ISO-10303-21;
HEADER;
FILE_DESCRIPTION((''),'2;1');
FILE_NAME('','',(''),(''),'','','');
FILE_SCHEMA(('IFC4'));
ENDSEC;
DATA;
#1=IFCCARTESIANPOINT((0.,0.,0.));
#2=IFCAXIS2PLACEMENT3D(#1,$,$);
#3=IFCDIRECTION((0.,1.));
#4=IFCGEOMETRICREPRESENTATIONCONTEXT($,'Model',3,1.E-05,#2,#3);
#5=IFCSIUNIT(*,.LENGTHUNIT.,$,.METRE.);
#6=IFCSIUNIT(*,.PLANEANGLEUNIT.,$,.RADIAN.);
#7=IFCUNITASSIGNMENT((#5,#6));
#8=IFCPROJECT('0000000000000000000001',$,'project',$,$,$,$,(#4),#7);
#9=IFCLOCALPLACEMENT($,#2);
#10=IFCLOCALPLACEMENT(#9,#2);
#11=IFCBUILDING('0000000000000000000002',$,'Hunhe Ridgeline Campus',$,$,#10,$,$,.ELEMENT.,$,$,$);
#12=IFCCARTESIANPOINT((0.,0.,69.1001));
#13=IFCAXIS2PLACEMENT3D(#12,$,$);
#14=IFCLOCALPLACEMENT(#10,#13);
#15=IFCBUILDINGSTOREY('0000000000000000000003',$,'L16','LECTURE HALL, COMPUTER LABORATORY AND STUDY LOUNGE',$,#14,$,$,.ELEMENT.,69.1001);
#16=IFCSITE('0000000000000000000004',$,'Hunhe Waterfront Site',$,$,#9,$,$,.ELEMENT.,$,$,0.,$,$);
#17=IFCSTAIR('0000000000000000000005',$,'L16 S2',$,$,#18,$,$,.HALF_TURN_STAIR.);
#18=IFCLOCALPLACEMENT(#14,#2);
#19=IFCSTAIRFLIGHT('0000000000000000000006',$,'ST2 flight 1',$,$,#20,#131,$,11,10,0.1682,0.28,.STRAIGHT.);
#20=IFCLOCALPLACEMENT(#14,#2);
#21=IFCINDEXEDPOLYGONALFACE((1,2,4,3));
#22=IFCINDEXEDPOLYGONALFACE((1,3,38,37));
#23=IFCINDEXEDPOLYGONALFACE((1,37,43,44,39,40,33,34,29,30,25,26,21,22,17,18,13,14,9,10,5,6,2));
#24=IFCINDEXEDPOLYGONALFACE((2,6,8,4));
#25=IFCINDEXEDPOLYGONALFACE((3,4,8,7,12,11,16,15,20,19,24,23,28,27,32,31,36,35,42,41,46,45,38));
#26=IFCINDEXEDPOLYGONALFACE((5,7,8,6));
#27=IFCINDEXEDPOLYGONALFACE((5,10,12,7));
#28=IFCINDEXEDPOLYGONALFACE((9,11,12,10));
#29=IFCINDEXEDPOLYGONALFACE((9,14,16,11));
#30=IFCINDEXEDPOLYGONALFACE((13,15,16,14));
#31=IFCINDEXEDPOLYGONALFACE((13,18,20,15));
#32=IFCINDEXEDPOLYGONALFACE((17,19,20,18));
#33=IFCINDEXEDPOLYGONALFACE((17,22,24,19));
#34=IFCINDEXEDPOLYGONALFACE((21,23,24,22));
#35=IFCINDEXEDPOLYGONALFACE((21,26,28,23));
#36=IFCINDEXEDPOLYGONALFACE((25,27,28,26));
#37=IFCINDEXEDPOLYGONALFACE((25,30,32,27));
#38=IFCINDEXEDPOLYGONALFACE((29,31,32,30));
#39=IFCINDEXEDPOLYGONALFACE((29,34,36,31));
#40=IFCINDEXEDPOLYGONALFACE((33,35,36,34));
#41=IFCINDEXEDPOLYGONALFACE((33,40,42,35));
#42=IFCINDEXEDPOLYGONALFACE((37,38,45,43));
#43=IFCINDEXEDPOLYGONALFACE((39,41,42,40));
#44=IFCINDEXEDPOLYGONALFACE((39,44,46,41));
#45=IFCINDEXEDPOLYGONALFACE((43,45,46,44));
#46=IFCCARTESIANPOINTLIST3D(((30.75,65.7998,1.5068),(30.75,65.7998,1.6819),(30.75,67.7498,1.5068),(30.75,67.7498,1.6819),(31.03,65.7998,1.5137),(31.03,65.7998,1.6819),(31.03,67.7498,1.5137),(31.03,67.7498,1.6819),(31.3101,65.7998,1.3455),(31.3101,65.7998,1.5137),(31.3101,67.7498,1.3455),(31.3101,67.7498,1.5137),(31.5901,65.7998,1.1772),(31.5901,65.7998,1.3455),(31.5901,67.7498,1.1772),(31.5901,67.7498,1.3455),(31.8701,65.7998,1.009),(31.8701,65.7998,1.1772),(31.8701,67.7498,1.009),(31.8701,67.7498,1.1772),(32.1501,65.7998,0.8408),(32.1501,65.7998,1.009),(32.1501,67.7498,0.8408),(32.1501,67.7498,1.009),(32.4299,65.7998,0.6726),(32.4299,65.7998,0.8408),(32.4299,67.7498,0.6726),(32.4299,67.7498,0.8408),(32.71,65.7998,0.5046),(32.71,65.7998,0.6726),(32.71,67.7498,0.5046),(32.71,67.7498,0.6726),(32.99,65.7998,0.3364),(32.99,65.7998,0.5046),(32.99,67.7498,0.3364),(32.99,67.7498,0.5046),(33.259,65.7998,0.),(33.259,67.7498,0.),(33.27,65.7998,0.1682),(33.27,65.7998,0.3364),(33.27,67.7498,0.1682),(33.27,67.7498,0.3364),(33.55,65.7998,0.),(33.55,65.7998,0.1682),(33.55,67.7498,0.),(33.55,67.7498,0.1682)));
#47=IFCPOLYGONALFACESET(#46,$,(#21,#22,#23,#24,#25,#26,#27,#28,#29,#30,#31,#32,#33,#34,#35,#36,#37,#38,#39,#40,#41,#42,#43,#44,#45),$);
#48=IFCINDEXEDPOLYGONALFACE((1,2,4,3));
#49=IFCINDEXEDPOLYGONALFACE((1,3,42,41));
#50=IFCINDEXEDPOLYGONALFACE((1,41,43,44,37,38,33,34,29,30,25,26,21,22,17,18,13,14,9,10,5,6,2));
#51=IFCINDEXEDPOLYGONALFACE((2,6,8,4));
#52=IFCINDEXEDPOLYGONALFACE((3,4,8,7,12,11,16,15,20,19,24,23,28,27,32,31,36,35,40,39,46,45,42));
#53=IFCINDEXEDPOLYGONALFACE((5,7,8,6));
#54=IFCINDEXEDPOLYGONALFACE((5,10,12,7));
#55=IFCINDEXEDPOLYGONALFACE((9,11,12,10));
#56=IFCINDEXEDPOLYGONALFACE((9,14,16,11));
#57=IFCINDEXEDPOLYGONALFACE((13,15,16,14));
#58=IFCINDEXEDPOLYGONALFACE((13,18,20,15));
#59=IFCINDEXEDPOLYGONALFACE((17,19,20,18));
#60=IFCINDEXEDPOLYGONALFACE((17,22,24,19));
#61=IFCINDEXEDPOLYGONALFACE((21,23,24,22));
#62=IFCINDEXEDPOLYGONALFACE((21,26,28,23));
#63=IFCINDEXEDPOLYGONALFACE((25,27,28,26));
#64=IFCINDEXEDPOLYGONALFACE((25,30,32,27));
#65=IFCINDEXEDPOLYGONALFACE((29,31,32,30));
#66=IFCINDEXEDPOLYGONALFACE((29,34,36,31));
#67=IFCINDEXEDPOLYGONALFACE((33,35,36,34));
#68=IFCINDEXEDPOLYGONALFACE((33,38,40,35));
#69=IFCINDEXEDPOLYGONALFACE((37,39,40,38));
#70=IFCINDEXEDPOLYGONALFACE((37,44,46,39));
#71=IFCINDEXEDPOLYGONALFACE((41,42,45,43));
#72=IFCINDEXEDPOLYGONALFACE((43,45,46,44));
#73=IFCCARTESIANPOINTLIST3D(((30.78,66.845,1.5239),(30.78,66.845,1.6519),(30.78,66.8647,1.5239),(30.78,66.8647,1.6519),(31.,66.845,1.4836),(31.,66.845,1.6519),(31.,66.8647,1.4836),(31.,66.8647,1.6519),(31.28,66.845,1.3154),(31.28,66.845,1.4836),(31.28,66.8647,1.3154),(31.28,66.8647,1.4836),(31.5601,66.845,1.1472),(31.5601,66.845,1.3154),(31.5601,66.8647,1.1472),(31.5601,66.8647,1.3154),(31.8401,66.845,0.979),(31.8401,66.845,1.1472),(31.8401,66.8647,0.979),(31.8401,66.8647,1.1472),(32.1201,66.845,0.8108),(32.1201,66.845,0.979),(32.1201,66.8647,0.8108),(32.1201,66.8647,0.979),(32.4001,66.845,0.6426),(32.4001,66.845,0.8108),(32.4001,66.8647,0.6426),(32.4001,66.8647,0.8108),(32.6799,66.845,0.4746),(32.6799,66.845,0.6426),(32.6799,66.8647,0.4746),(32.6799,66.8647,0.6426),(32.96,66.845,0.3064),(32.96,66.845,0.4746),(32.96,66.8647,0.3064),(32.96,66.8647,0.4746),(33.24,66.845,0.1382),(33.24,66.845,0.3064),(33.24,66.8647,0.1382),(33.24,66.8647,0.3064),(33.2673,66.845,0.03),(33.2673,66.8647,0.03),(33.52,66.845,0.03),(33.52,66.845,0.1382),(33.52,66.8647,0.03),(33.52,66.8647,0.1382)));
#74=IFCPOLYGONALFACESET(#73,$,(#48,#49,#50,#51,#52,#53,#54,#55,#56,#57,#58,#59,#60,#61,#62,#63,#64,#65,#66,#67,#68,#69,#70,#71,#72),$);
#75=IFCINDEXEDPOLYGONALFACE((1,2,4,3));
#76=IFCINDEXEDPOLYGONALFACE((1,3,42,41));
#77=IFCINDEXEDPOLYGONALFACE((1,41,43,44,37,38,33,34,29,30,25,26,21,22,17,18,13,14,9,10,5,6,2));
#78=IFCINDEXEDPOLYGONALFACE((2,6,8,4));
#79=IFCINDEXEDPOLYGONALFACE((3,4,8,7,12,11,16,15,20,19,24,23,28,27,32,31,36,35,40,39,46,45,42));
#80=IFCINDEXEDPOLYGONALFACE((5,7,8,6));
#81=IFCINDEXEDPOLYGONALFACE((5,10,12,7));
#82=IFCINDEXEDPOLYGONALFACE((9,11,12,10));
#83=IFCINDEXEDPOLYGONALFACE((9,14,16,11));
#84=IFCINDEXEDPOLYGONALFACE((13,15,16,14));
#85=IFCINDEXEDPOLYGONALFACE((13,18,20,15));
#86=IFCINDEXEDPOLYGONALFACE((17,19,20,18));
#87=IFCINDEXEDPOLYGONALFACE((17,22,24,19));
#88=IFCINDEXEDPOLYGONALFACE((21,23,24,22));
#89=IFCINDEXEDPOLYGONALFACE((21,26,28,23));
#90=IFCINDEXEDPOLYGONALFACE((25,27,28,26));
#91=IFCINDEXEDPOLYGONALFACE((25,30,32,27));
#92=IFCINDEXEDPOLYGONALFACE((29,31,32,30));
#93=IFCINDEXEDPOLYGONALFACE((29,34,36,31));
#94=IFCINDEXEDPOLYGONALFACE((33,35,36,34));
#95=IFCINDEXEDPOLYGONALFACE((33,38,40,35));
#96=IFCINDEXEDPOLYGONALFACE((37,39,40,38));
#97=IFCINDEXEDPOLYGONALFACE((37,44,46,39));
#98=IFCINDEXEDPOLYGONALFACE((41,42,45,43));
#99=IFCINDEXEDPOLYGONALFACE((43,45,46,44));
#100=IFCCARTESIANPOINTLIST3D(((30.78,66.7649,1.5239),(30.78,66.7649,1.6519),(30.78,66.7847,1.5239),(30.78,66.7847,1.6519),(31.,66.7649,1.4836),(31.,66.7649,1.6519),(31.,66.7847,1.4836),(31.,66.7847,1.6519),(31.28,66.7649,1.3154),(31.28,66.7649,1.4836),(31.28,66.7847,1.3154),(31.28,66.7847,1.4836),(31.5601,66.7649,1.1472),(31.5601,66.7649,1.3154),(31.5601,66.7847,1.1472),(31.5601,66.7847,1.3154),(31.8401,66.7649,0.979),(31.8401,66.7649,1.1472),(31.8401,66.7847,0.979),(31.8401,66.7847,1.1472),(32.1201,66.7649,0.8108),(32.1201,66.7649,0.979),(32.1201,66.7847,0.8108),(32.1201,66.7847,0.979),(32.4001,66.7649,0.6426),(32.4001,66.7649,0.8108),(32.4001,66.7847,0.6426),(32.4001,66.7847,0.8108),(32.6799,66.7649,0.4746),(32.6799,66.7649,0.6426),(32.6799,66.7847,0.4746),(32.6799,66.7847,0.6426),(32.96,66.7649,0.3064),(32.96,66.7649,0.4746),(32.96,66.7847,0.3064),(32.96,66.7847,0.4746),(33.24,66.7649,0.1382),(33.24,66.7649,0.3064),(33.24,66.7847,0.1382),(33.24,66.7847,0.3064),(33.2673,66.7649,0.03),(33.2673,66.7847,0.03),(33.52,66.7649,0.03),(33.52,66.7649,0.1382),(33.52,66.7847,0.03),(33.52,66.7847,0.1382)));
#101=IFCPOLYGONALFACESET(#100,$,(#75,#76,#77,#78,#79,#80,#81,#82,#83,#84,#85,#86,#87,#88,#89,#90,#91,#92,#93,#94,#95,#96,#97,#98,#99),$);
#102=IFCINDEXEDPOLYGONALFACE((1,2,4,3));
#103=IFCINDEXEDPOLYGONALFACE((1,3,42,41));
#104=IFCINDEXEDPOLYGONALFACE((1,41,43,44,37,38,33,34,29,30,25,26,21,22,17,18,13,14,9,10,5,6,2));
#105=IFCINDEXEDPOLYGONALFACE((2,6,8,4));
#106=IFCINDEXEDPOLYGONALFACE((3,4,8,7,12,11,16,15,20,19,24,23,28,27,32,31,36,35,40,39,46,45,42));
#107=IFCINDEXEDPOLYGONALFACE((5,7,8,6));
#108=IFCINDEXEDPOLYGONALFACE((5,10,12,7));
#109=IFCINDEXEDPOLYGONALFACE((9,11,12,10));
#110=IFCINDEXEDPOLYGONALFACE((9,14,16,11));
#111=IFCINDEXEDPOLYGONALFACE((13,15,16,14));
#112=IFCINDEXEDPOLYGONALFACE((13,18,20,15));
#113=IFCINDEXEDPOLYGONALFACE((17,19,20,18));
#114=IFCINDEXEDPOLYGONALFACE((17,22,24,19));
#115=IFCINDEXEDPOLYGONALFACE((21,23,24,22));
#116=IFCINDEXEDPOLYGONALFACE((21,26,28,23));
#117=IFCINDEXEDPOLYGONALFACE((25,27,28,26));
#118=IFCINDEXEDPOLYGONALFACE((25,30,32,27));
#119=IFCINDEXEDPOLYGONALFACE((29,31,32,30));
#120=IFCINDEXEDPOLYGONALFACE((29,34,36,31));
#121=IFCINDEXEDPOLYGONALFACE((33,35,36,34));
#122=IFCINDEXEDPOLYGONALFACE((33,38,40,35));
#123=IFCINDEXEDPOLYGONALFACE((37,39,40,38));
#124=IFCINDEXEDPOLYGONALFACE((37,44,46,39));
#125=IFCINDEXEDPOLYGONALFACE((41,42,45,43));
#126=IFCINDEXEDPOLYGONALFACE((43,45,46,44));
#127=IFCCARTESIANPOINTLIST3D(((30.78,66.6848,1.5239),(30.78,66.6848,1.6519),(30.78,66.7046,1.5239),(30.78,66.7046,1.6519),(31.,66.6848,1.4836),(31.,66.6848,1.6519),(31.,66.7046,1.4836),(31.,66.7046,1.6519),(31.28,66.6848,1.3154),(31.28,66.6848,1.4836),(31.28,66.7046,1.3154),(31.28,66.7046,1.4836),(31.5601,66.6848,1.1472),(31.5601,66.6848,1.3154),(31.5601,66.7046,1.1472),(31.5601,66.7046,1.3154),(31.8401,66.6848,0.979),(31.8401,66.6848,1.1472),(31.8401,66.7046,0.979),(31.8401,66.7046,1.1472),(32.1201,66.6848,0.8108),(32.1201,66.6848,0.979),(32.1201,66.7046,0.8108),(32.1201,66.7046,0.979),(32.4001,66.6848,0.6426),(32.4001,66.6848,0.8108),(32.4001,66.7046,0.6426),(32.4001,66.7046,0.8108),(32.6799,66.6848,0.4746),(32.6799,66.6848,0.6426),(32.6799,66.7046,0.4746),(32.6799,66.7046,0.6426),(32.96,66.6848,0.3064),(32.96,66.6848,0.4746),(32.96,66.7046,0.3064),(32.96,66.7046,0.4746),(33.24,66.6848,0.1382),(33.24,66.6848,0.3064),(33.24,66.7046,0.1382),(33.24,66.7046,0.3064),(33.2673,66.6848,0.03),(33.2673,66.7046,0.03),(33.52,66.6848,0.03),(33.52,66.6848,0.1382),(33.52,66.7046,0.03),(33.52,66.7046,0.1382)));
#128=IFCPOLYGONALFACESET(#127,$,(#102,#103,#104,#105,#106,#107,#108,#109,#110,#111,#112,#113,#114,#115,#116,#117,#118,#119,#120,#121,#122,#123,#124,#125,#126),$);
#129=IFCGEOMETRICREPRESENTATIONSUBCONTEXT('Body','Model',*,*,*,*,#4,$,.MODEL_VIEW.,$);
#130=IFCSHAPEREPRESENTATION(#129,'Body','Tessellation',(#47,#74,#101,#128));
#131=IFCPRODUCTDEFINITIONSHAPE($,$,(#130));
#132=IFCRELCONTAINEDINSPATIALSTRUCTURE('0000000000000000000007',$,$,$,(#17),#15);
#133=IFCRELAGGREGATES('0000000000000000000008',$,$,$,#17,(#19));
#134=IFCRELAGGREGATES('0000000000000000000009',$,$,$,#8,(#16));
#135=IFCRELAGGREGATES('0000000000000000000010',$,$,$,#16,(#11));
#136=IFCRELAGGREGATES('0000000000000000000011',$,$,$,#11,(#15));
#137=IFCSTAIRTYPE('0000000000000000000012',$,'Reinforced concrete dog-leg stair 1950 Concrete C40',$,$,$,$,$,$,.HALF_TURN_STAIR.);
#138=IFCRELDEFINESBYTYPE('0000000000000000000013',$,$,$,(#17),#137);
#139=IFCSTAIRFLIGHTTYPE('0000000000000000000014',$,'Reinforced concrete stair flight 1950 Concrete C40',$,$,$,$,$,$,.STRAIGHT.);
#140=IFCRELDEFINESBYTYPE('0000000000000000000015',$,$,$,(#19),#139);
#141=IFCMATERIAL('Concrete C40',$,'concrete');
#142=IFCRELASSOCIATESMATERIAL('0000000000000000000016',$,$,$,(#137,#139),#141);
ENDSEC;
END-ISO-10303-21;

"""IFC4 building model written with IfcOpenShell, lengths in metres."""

from ifc_helpers import new_model, si_unit, direction, frame, origin, place, context, subcontext, project, spatial, polyline, outline, extrude, material, type_object, element, aggregate, save


model = new_model("IFC4")

# Units and contexts
model_context = context("Model", 3, precision=1e-05, world=origin(), true_north=direction((0.0, 1.0)))
body_context = subcontext(model_context, "Body", "Model", "MODEL_VIEW")
ifc_project = project(units=[si_unit("LENGTHUNIT", "METRE"), si_unit("PLANEANGLEUNIT", "RADIAN")], contexts=[model_context])

# Site, building, storey
site_placement = place(None, origin())
site = spatial("IfcSite", under=ifc_project, at=site_placement, Name="Hunhe Waterfront Site", CompositionType="ELEMENT", RefElevation=0.0)
building_placement = place(site_placement, origin())
building = spatial("IfcBuilding", under=site, at=building_placement, Name="Hunhe Ridgeline Campus", CompositionType="ELEMENT")
storey_placement = place(building_placement, frame((0.0, 0.0, 69.1001)))
storey = spatial("IfcBuildingStorey", under=building, at=storey_placement, Name="L16", Description="LECTURE HALL, COMPUTER LABORATORY AND STUDY LOUNGE", CompositionType="ELEMENT", Elevation=69.1001)

# Shared definitions
ifc_material_1 = material(Name="Concrete C40", Category="concrete")
stair_type = type_object("IfcStairType", Name="Reinforced concrete dog-leg stair 1950 Concrete C40", PredefinedType="HALF_TURN_STAIR", material=ifc_material_1)
stair_flight_type = type_object("IfcStairFlightType", Name="Reinforced concrete stair flight 1950 Concrete C40", PredefinedType="STRAIGHT", material=ifc_material_1)

# Stair, stair flight
stair_1_placement = place(storey_placement, origin())
stair_1 = element("IfcStair", 1, at=stair_1_placement, inside=storey, type_object=stair_type, Name="L16 S2", PredefinedType="HALF_TURN_STAIR")
stair_flight_1_placement = place(storey_placement, frame((33.55, 66.7749, 0.0), z_axis=(0.0, 0.0, 1.0), x_axis=(-1.0, 0.0, 0.0)))
stair_flight_1 = element("IfcStairFlight", 2, at=stair_flight_1_placement, type_object=stair_flight_type, Name="ST2 flight 1", NumberOfRisers=11, NumberOfTreads=10, PredefinedType="STRAIGHT", RiserHeight=0.1682, TreadLength=0.28, context=body_context, shape_type="SweptSolid", body=[
    extrude(outline(polyline([(0.0, 0.0), (0.0, 0.1682), (0.28, 0.1682), (0.28, 0.3364), (0.5601, 0.3364), (0.5601, 0.5046), (0.8401, 0.5046), (0.8401, 0.6726), (1.1201, 0.6726), (1.1201, 0.8408), (1.3999, 0.8408), (1.3999, 1.009), (1.6799, 1.009), (1.6799, 1.1772), (1.96, 1.1772), (1.96, 1.3455), (2.24, 1.3455), (2.24, 1.5137), (2.52, 1.5137), (2.52, 1.6819), (2.8, 1.6819), (2.8, 1.8501), (2.8, 1.5068), (0.291, 0.0), (0.0, 0.0)])), frame((0.0, 0.9751, 0.0), z_axis=(0.0, -1.0, 0.0), x_axis=(1.0, 0.0, 0.0)), (0.0, 0.0, 1.0), 1.95),
    extrude(outline(polyline([(0.03, 0.03), (0.03, 0.1382), (0.3101, 0.1382), (0.3101, 0.3064), (0.5901, 0.3064), (0.5901, 0.4746), (0.8701, 0.4746), (0.8701, 0.6426), (1.1499, 0.6426), (1.1499, 0.8108), (1.4299, 0.8108), (1.4299, 0.979), (1.71, 0.979), (1.71, 1.1472), (1.99, 1.1472), (1.99, 1.3154), (2.27, 1.3154), (2.27, 1.4836), (2.55, 1.4836), (2.55, 1.6519), (2.77, 1.6519), (2.77, 1.5239), (0.2827, 0.03), (0.03, 0.03)])), frame((0.0, -0.0701, 0.0), z_axis=(0.0, -1.0, 0.0), x_axis=(1.0, 0.0, 0.0)), (0.0, 0.0, 1.0), 0.0198),
    extrude(outline(polyline([(0.03, 0.03), (0.03, 0.1382), (0.3101, 0.1382), (0.3101, 0.3064), (0.5901, 0.3064), (0.5901, 0.4746), (0.8701, 0.4746), (0.8701, 0.6426), (1.1499, 0.6426), (1.1499, 0.8108), (1.4299, 0.8108), (1.4299, 0.979), (1.71, 0.979), (1.71, 1.1472), (1.99, 1.1472), (1.99, 1.3154), (2.27, 1.3154), (2.27, 1.4836), (2.55, 1.4836), (2.55, 1.6519), (2.77, 1.6519), (2.77, 1.5239), (0.2827, 0.03), (0.03, 0.03)])), frame((0.0, 0.01, 0.0), z_axis=(0.0, -1.0, 0.0), x_axis=(1.0, 0.0, 0.0)), (0.0, 0.0, 1.0), 0.0198),
    extrude(outline(polyline([(0.03, 0.03), (0.03, 0.1382), (0.3101, 0.1382), (0.3101, 0.3064), (0.5901, 0.3064), (0.5901, 0.4746), (0.8701, 0.4746), (0.8701, 0.6426), (1.1499, 0.6426), (1.1499, 0.8108), (1.4299, 0.8108), (1.4299, 0.979), (1.71, 0.979), (1.71, 1.1472), (1.99, 1.1472), (1.99, 1.3154), (2.27, 1.3154), (2.27, 1.4836), (2.55, 1.4836), (2.55, 1.6519), (2.77, 1.6519), (2.77, 1.5239), (0.2827, 0.03), (0.03, 0.03)])), frame((0.0, 0.0901, 0.0), z_axis=(0.0, -1.0, 0.0), x_axis=(1.0, 0.0, 0.0)), (0.0, 0.0, 1.0), 0.0198),
])
aggregate(stair_1, [stair_flight_1])

save(model, "model.ifc")
